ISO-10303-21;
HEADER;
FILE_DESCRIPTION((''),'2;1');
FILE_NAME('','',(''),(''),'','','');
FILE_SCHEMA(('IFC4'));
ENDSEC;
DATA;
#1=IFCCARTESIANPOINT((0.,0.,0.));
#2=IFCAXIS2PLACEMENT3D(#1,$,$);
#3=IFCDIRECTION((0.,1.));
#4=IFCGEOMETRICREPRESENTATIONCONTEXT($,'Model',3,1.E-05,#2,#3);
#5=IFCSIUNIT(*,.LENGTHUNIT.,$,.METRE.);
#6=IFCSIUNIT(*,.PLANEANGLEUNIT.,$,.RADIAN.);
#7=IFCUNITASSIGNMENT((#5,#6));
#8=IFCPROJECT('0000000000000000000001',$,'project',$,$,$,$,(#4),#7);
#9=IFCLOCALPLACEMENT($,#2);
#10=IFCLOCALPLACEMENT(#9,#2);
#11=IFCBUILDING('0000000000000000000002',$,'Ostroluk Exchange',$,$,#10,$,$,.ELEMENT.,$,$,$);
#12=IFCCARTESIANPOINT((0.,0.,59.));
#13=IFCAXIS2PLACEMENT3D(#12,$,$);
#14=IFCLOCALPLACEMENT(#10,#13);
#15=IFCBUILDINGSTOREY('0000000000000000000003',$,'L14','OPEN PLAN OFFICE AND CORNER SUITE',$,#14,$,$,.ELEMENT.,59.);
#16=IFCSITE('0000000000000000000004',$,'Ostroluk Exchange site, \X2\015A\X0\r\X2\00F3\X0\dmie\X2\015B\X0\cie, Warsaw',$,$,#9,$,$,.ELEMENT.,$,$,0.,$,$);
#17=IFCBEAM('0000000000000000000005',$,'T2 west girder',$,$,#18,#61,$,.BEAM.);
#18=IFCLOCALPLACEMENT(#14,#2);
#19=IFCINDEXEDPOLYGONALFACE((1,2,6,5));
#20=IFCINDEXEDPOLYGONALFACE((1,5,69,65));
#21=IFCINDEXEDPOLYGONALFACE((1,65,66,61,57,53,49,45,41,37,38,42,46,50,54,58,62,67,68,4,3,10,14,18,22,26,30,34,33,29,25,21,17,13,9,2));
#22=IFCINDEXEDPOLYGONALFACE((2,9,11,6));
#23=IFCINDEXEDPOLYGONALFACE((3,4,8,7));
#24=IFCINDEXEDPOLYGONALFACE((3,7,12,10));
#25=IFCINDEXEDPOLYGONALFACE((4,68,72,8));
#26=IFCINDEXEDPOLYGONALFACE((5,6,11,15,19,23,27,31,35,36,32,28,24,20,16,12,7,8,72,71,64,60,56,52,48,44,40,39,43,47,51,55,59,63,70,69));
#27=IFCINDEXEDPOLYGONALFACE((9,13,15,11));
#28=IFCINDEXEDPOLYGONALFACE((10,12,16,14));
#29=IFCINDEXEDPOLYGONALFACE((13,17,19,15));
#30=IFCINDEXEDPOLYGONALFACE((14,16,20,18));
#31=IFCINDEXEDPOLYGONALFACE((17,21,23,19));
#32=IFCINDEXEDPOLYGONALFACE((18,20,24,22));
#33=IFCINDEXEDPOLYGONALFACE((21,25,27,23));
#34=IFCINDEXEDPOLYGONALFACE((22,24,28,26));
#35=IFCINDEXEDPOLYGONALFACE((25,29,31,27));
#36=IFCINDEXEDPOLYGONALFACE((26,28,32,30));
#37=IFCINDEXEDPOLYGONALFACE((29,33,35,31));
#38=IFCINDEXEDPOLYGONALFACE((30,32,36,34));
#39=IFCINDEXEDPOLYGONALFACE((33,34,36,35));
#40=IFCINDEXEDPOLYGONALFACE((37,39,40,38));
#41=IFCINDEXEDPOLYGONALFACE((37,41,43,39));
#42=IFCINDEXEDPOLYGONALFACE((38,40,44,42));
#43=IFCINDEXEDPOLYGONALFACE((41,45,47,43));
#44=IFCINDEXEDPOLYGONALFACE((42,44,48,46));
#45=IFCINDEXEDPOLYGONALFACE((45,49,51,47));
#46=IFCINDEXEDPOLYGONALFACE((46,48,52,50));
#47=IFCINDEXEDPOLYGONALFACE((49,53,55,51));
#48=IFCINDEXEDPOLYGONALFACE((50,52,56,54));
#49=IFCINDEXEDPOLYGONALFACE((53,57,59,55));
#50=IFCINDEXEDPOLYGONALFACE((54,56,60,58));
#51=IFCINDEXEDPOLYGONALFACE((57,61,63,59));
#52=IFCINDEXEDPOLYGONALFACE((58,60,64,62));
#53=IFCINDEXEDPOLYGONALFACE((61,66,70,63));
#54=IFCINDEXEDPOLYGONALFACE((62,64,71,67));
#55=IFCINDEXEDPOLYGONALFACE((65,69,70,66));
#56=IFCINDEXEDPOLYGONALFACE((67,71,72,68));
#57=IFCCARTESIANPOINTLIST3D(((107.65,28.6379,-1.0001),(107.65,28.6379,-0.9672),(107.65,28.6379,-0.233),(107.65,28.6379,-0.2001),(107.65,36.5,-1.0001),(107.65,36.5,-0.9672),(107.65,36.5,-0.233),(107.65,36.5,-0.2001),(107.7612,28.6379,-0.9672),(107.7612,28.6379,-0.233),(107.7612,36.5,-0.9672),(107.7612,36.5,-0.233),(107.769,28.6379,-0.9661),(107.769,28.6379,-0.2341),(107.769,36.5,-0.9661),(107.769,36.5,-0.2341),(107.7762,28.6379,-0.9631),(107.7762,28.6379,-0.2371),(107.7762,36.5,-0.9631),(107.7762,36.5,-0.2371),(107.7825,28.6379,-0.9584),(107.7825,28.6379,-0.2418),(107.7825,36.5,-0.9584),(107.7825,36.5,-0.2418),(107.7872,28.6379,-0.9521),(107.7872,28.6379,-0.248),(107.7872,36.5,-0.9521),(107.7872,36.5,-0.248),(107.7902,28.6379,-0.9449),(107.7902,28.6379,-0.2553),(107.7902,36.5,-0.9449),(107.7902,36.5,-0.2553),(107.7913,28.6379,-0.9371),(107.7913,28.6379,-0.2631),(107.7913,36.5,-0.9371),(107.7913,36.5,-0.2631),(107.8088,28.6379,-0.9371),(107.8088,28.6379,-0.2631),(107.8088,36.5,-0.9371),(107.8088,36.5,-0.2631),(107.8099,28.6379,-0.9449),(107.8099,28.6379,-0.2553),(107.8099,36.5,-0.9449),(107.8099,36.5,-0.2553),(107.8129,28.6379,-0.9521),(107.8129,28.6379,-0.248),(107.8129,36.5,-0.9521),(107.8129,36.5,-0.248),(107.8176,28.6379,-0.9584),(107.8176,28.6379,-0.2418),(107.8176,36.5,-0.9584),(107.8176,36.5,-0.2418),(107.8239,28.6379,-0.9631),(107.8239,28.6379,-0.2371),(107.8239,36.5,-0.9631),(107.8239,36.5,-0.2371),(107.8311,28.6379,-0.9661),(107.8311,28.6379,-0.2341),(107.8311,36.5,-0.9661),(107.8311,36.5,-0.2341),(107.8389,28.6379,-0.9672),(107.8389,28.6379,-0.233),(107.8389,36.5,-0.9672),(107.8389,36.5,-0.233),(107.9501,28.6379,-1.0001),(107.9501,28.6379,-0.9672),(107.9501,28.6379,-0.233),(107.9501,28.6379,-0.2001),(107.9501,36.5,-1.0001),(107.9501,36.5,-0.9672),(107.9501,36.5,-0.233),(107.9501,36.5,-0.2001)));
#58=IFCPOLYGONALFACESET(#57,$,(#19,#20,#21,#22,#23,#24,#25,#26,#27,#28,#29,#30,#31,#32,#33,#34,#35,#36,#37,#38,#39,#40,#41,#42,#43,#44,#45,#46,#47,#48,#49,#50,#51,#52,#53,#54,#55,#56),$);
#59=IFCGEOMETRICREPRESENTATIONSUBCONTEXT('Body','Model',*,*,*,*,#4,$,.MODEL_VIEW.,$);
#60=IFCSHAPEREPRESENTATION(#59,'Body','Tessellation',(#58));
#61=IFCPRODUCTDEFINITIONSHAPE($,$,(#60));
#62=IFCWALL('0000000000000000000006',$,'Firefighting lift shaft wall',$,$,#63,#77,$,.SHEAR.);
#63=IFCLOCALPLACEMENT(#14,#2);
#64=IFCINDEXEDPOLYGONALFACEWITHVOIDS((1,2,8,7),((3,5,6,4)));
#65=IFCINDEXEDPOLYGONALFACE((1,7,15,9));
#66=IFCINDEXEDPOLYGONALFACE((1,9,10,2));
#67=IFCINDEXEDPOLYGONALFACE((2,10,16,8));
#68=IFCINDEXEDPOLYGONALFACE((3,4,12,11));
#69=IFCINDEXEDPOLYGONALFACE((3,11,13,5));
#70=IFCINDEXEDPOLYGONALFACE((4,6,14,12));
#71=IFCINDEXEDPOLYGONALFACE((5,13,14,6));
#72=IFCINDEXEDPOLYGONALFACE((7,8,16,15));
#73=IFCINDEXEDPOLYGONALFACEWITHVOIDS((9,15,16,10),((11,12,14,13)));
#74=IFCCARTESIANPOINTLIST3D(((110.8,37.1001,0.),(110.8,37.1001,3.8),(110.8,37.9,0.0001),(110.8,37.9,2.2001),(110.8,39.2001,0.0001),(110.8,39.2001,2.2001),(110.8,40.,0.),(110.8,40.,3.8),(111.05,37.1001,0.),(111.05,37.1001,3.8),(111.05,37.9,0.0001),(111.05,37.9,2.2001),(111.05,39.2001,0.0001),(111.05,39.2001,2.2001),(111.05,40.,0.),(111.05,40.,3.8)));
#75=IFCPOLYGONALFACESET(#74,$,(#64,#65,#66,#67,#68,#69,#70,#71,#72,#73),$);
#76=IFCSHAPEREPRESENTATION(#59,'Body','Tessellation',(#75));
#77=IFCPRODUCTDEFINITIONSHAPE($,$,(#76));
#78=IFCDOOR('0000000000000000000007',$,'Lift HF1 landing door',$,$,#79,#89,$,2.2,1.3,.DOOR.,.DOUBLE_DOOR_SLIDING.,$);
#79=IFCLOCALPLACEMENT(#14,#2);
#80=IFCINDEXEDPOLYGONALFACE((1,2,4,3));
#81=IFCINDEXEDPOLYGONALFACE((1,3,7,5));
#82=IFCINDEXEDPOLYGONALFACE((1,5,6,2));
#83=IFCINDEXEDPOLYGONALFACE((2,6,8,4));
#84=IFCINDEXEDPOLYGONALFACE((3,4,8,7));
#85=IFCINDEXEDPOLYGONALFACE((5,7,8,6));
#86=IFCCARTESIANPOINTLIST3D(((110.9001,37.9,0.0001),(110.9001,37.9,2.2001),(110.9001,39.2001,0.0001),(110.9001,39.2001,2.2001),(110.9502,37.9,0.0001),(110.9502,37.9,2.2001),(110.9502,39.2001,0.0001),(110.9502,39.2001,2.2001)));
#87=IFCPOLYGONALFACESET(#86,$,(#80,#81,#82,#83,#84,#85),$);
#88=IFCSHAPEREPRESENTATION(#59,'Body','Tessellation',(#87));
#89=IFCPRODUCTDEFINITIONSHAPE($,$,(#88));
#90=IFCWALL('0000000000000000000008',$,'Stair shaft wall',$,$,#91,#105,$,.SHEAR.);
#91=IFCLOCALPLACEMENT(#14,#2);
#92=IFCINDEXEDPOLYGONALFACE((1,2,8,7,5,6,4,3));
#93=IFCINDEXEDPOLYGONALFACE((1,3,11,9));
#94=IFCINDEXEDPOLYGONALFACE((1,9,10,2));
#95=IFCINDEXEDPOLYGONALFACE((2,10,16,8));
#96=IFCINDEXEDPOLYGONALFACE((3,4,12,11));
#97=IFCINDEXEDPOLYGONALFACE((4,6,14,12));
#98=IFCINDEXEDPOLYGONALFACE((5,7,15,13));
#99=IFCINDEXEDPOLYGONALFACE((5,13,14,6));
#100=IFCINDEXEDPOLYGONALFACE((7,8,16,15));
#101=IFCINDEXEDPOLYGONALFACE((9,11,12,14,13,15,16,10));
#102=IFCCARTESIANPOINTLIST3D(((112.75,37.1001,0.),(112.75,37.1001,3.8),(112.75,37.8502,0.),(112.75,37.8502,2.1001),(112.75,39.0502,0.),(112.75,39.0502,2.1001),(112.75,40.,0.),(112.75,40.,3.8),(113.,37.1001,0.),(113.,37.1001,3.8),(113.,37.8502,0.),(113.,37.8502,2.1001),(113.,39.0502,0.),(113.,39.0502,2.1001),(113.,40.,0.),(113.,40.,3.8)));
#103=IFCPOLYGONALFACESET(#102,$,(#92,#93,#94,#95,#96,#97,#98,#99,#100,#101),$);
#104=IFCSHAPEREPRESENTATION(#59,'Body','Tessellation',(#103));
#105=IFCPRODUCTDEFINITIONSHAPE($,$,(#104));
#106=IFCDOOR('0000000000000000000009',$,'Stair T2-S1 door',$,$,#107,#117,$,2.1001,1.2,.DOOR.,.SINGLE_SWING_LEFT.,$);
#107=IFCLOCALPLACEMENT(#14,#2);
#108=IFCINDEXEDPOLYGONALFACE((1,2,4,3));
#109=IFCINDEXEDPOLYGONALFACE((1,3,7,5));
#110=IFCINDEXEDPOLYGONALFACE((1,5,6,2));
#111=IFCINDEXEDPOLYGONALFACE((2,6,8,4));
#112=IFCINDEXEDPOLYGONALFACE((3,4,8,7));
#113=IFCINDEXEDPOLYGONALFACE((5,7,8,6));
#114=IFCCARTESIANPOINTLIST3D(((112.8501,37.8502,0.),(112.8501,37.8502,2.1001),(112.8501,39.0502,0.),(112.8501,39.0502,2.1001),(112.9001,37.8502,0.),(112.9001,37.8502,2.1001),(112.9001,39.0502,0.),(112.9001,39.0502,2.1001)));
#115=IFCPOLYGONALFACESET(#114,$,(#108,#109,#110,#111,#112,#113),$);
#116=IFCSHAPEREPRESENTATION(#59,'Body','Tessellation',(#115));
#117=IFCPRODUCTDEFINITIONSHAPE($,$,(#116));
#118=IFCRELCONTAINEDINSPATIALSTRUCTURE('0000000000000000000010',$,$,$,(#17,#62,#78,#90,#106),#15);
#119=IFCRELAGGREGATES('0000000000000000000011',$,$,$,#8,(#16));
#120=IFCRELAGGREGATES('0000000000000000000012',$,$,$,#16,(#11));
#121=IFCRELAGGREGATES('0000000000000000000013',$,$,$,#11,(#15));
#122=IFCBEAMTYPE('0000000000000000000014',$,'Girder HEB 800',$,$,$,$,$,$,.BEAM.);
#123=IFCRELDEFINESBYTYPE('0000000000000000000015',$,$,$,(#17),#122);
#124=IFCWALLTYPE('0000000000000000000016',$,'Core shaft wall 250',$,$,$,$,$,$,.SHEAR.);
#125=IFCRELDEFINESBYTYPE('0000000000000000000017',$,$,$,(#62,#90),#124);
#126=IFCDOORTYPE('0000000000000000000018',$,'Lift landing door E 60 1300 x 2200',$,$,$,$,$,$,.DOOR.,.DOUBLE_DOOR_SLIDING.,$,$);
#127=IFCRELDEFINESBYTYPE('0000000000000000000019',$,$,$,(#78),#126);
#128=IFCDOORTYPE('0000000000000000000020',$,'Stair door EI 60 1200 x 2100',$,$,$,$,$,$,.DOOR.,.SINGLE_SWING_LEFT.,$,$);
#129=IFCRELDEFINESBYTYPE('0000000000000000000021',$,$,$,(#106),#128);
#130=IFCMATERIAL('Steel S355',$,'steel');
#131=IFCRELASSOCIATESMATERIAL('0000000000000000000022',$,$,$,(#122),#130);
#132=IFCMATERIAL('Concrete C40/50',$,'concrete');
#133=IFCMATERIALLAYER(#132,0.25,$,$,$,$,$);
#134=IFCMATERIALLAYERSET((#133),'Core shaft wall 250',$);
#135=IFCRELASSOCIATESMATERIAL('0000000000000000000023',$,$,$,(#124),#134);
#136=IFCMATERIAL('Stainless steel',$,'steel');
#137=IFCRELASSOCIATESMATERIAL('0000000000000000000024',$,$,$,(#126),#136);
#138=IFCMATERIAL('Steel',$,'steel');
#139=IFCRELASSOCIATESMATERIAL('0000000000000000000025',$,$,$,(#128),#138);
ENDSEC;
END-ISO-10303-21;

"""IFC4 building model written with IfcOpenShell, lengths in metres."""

from ifc_helpers import new_model, si_unit, direction, frame, frame_2d, origin, origin_2d, place, context, subcontext, project, spatial, rectangle, i_section, extrude, material, layer, layer_set, material_profile, profile_set, type_object, element, fill, save


model = new_model("IFC4")

# Units and contexts
model_context = context("Model", 3, precision=1e-05, world=origin(), true_north=direction((0.0, 1.0)))
body_context = subcontext(model_context, "Body", "Model", "MODEL_VIEW")
ifc_project = project(units=[si_unit("LENGTHUNIT", "METRE"), si_unit("PLANEANGLEUNIT", "RADIAN")], contexts=[model_context])

# Site, building, storey
site_placement = place(None, origin())
site = spatial("IfcSite", under=ifc_project, at=site_placement, Name="Ostroluk Exchange site, Śródmieście, Warsaw", CompositionType="ELEMENT", RefElevation=0.0)
building_placement = place(site_placement, origin())
building = spatial("IfcBuilding", under=site, at=building_placement, Name="Ostroluk Exchange", CompositionType="ELEMENT")
storey_placement = place(building_placement, frame((0.0, 0.0, 59.0)))
storey = spatial("IfcBuildingStorey", under=building, at=storey_placement, Name="L14", Description="OPEN PLAN OFFICE AND CORNER SUITE", CompositionType="ELEMENT", Elevation=59.0)

# Beam
ifc_material_1 = material(Name="Steel S355", Category="steel")
ifc_material_profile_1 = material_profile(ifc_material_1, i_section(OverallWidth=0.3, OverallDepth=0.8, WebThickness=0.0176, FlangeThickness=0.033, FilletRadius=0.03, at=origin_2d()), Name="HEB 800")
ifc_profile_set_1 = profile_set([ifc_material_profile_1], Name="Steel S355")
beam_type_1 = type_object("IfcBeamType", Name="Girder HEB 800", PredefinedType="BEAM", material=ifc_profile_set_1)
beam_1_placement = place(storey_placement, frame((107.8, 36.5, -0.6001), z_axis=(0.0, -1.0, 0.0), x_axis=(1.0, 0.0, 0.0)))
element("IfcBeam", 1, at=beam_1_placement, inside=storey, type_object=beam_type_1, Name="T2 west girder", PredefinedType="BEAM", context=body_context, shape_type="SweptSolid", body=[
    extrude(i_section(OverallWidth=0.3, OverallDepth=0.8, WebThickness=0.0176, FlangeThickness=0.033, FilletRadius=0.03, at=origin_2d()), origin(), (0.0, 0.0, 1.0), 7.8621),
])

# Walls, openings, doors
ifc_material_2 = material(Name="Concrete C40/50", Category="concrete")
ifc_layer_1 = layer(ifc_material_2, 0.25)
ifc_layer_set_1 = layer_set([ifc_layer_1], Name="Core shaft wall 250")
wall_type_1 = type_object("IfcWallType", Name="Core shaft wall 250", PredefinedType="SHEAR", material=ifc_layer_set_1)
wall_1_placement = place(storey_placement, frame((110.925, 37.1001, 0.0), z_axis=(0.0, 0.0, 1.0), x_axis=(0.0, 1.0, 0.0)))
wall_1 = element("IfcWall", 2, at=wall_1_placement, inside=storey, type_object=wall_type_1, Name="Firefighting lift shaft wall", PredefinedType="SHEAR", context=body_context, shape_type="SweptSolid", body=[
    extrude(rectangle(XDim=2.8999, YDim=0.25, at=frame_2d((1.45, 0.0))), origin(), (0.0, 0.0, 1.0), 3.8),
])
opening_1_placement = place(wall_1_placement, frame((0.8, 0.0, 0.0)))
opening_1 = element("IfcOpeningElement", 3, at=opening_1_placement, cuts=wall_1, PredefinedType="OPENING", context=body_context, shape_type="SweptSolid", body=[
    extrude(rectangle(XDim=1.3, YDim=2.2, at=frame_2d((0.6499, 1.1001))), frame((0.0, 0.135, 0.0), z_axis=(0.0, -1.0, 0.0), x_axis=(1.0, 0.0, 0.0)), (0.0, 0.0, 1.0), 0.27),
])
ifc_material_3 = material(Name="Stainless steel", Category="steel")
door_type_1 = type_object("IfcDoorType", Name="Lift landing door E 60 1300 x 2200", OperationType="DOUBLE_DOOR_SLIDING", PredefinedType="DOOR", material=ifc_material_3)
door_1_placement = place(opening_1_placement, origin())
door_1 = element("IfcDoor", 4, at=door_1_placement, inside=storey, type_object=door_type_1, Name="Lift HF1 landing door", OperationType="DOUBLE_DOOR_SLIDING", OverallHeight=2.2, OverallWidth=1.3, PredefinedType="DOOR", context=body_context, shape_type="SweptSolid", body=[
    extrude(rectangle(XDim=1.3, YDim=2.2, at=frame_2d((0.6499, 1.1001))), frame((0.0, 0.0249, 0.0), z_axis=(0.0, -1.0, 0.0), x_axis=(1.0, 0.0, 0.0)), (0.0, 0.0, 1.0), 0.05),
])
fill(opening_1, door_1)
wall_2_placement = place(storey_placement, frame((112.875, 37.1001, 0.0), z_axis=(0.0, 0.0, 1.0), x_axis=(0.0, 1.0, 0.0)))
wall_2 = element("IfcWall", 5, at=wall_2_placement, inside=storey, type_object=wall_type_1, Name="Stair shaft wall", PredefinedType="SHEAR", context=body_context, shape_type="SweptSolid", body=[
    extrude(rectangle(XDim=2.8999, YDim=0.25, at=frame_2d((1.45, 0.0))), origin(), (0.0, 0.0, 1.0), 3.8),
])
opening_2_placement = place(wall_2_placement, frame((0.75, 0.0, 0.0)))
opening_2 = element("IfcOpeningElement", 6, at=opening_2_placement, cuts=wall_2, PredefinedType="OPENING", context=body_context, shape_type="SweptSolid", body=[
    extrude(rectangle(XDim=1.2, YDim=2.1001, at=frame_2d((0.6001, 1.05))), frame((0.0, 0.135, 0.0), z_axis=(0.0, -1.0, 0.0), x_axis=(1.0, 0.0, 0.0)), (0.0, 0.0, 1.0), 0.27),
])
ifc_material_4 = material(Name="Steel", Category="steel")
door_type_2 = type_object("IfcDoorType", Name="Stair door EI 60 1200 x 2100", OperationType="SINGLE_SWING_LEFT", PredefinedType="DOOR", material=ifc_material_4)
door_2_placement = place(opening_2_placement, origin())
door_2 = element("IfcDoor", 7, at=door_2_placement, inside=storey, type_object=door_type_2, Name="Stair T2-S1 door", OperationType="SINGLE_SWING_LEFT", OverallHeight=2.1001, OverallWidth=1.2, PredefinedType="DOOR", context=body_context, shape_type="SweptSolid", body=[
    extrude(rectangle(XDim=1.2, YDim=2.1001, at=frame_2d((0.6001, 1.05))), frame((0.0, 0.0249, 0.0), z_axis=(0.0, -1.0, 0.0), x_axis=(1.0, 0.0, 0.0)), (0.0, 0.0, 1.0), 0.05),
])
fill(opening_2, door_2)

save(model, "model.ifc")
